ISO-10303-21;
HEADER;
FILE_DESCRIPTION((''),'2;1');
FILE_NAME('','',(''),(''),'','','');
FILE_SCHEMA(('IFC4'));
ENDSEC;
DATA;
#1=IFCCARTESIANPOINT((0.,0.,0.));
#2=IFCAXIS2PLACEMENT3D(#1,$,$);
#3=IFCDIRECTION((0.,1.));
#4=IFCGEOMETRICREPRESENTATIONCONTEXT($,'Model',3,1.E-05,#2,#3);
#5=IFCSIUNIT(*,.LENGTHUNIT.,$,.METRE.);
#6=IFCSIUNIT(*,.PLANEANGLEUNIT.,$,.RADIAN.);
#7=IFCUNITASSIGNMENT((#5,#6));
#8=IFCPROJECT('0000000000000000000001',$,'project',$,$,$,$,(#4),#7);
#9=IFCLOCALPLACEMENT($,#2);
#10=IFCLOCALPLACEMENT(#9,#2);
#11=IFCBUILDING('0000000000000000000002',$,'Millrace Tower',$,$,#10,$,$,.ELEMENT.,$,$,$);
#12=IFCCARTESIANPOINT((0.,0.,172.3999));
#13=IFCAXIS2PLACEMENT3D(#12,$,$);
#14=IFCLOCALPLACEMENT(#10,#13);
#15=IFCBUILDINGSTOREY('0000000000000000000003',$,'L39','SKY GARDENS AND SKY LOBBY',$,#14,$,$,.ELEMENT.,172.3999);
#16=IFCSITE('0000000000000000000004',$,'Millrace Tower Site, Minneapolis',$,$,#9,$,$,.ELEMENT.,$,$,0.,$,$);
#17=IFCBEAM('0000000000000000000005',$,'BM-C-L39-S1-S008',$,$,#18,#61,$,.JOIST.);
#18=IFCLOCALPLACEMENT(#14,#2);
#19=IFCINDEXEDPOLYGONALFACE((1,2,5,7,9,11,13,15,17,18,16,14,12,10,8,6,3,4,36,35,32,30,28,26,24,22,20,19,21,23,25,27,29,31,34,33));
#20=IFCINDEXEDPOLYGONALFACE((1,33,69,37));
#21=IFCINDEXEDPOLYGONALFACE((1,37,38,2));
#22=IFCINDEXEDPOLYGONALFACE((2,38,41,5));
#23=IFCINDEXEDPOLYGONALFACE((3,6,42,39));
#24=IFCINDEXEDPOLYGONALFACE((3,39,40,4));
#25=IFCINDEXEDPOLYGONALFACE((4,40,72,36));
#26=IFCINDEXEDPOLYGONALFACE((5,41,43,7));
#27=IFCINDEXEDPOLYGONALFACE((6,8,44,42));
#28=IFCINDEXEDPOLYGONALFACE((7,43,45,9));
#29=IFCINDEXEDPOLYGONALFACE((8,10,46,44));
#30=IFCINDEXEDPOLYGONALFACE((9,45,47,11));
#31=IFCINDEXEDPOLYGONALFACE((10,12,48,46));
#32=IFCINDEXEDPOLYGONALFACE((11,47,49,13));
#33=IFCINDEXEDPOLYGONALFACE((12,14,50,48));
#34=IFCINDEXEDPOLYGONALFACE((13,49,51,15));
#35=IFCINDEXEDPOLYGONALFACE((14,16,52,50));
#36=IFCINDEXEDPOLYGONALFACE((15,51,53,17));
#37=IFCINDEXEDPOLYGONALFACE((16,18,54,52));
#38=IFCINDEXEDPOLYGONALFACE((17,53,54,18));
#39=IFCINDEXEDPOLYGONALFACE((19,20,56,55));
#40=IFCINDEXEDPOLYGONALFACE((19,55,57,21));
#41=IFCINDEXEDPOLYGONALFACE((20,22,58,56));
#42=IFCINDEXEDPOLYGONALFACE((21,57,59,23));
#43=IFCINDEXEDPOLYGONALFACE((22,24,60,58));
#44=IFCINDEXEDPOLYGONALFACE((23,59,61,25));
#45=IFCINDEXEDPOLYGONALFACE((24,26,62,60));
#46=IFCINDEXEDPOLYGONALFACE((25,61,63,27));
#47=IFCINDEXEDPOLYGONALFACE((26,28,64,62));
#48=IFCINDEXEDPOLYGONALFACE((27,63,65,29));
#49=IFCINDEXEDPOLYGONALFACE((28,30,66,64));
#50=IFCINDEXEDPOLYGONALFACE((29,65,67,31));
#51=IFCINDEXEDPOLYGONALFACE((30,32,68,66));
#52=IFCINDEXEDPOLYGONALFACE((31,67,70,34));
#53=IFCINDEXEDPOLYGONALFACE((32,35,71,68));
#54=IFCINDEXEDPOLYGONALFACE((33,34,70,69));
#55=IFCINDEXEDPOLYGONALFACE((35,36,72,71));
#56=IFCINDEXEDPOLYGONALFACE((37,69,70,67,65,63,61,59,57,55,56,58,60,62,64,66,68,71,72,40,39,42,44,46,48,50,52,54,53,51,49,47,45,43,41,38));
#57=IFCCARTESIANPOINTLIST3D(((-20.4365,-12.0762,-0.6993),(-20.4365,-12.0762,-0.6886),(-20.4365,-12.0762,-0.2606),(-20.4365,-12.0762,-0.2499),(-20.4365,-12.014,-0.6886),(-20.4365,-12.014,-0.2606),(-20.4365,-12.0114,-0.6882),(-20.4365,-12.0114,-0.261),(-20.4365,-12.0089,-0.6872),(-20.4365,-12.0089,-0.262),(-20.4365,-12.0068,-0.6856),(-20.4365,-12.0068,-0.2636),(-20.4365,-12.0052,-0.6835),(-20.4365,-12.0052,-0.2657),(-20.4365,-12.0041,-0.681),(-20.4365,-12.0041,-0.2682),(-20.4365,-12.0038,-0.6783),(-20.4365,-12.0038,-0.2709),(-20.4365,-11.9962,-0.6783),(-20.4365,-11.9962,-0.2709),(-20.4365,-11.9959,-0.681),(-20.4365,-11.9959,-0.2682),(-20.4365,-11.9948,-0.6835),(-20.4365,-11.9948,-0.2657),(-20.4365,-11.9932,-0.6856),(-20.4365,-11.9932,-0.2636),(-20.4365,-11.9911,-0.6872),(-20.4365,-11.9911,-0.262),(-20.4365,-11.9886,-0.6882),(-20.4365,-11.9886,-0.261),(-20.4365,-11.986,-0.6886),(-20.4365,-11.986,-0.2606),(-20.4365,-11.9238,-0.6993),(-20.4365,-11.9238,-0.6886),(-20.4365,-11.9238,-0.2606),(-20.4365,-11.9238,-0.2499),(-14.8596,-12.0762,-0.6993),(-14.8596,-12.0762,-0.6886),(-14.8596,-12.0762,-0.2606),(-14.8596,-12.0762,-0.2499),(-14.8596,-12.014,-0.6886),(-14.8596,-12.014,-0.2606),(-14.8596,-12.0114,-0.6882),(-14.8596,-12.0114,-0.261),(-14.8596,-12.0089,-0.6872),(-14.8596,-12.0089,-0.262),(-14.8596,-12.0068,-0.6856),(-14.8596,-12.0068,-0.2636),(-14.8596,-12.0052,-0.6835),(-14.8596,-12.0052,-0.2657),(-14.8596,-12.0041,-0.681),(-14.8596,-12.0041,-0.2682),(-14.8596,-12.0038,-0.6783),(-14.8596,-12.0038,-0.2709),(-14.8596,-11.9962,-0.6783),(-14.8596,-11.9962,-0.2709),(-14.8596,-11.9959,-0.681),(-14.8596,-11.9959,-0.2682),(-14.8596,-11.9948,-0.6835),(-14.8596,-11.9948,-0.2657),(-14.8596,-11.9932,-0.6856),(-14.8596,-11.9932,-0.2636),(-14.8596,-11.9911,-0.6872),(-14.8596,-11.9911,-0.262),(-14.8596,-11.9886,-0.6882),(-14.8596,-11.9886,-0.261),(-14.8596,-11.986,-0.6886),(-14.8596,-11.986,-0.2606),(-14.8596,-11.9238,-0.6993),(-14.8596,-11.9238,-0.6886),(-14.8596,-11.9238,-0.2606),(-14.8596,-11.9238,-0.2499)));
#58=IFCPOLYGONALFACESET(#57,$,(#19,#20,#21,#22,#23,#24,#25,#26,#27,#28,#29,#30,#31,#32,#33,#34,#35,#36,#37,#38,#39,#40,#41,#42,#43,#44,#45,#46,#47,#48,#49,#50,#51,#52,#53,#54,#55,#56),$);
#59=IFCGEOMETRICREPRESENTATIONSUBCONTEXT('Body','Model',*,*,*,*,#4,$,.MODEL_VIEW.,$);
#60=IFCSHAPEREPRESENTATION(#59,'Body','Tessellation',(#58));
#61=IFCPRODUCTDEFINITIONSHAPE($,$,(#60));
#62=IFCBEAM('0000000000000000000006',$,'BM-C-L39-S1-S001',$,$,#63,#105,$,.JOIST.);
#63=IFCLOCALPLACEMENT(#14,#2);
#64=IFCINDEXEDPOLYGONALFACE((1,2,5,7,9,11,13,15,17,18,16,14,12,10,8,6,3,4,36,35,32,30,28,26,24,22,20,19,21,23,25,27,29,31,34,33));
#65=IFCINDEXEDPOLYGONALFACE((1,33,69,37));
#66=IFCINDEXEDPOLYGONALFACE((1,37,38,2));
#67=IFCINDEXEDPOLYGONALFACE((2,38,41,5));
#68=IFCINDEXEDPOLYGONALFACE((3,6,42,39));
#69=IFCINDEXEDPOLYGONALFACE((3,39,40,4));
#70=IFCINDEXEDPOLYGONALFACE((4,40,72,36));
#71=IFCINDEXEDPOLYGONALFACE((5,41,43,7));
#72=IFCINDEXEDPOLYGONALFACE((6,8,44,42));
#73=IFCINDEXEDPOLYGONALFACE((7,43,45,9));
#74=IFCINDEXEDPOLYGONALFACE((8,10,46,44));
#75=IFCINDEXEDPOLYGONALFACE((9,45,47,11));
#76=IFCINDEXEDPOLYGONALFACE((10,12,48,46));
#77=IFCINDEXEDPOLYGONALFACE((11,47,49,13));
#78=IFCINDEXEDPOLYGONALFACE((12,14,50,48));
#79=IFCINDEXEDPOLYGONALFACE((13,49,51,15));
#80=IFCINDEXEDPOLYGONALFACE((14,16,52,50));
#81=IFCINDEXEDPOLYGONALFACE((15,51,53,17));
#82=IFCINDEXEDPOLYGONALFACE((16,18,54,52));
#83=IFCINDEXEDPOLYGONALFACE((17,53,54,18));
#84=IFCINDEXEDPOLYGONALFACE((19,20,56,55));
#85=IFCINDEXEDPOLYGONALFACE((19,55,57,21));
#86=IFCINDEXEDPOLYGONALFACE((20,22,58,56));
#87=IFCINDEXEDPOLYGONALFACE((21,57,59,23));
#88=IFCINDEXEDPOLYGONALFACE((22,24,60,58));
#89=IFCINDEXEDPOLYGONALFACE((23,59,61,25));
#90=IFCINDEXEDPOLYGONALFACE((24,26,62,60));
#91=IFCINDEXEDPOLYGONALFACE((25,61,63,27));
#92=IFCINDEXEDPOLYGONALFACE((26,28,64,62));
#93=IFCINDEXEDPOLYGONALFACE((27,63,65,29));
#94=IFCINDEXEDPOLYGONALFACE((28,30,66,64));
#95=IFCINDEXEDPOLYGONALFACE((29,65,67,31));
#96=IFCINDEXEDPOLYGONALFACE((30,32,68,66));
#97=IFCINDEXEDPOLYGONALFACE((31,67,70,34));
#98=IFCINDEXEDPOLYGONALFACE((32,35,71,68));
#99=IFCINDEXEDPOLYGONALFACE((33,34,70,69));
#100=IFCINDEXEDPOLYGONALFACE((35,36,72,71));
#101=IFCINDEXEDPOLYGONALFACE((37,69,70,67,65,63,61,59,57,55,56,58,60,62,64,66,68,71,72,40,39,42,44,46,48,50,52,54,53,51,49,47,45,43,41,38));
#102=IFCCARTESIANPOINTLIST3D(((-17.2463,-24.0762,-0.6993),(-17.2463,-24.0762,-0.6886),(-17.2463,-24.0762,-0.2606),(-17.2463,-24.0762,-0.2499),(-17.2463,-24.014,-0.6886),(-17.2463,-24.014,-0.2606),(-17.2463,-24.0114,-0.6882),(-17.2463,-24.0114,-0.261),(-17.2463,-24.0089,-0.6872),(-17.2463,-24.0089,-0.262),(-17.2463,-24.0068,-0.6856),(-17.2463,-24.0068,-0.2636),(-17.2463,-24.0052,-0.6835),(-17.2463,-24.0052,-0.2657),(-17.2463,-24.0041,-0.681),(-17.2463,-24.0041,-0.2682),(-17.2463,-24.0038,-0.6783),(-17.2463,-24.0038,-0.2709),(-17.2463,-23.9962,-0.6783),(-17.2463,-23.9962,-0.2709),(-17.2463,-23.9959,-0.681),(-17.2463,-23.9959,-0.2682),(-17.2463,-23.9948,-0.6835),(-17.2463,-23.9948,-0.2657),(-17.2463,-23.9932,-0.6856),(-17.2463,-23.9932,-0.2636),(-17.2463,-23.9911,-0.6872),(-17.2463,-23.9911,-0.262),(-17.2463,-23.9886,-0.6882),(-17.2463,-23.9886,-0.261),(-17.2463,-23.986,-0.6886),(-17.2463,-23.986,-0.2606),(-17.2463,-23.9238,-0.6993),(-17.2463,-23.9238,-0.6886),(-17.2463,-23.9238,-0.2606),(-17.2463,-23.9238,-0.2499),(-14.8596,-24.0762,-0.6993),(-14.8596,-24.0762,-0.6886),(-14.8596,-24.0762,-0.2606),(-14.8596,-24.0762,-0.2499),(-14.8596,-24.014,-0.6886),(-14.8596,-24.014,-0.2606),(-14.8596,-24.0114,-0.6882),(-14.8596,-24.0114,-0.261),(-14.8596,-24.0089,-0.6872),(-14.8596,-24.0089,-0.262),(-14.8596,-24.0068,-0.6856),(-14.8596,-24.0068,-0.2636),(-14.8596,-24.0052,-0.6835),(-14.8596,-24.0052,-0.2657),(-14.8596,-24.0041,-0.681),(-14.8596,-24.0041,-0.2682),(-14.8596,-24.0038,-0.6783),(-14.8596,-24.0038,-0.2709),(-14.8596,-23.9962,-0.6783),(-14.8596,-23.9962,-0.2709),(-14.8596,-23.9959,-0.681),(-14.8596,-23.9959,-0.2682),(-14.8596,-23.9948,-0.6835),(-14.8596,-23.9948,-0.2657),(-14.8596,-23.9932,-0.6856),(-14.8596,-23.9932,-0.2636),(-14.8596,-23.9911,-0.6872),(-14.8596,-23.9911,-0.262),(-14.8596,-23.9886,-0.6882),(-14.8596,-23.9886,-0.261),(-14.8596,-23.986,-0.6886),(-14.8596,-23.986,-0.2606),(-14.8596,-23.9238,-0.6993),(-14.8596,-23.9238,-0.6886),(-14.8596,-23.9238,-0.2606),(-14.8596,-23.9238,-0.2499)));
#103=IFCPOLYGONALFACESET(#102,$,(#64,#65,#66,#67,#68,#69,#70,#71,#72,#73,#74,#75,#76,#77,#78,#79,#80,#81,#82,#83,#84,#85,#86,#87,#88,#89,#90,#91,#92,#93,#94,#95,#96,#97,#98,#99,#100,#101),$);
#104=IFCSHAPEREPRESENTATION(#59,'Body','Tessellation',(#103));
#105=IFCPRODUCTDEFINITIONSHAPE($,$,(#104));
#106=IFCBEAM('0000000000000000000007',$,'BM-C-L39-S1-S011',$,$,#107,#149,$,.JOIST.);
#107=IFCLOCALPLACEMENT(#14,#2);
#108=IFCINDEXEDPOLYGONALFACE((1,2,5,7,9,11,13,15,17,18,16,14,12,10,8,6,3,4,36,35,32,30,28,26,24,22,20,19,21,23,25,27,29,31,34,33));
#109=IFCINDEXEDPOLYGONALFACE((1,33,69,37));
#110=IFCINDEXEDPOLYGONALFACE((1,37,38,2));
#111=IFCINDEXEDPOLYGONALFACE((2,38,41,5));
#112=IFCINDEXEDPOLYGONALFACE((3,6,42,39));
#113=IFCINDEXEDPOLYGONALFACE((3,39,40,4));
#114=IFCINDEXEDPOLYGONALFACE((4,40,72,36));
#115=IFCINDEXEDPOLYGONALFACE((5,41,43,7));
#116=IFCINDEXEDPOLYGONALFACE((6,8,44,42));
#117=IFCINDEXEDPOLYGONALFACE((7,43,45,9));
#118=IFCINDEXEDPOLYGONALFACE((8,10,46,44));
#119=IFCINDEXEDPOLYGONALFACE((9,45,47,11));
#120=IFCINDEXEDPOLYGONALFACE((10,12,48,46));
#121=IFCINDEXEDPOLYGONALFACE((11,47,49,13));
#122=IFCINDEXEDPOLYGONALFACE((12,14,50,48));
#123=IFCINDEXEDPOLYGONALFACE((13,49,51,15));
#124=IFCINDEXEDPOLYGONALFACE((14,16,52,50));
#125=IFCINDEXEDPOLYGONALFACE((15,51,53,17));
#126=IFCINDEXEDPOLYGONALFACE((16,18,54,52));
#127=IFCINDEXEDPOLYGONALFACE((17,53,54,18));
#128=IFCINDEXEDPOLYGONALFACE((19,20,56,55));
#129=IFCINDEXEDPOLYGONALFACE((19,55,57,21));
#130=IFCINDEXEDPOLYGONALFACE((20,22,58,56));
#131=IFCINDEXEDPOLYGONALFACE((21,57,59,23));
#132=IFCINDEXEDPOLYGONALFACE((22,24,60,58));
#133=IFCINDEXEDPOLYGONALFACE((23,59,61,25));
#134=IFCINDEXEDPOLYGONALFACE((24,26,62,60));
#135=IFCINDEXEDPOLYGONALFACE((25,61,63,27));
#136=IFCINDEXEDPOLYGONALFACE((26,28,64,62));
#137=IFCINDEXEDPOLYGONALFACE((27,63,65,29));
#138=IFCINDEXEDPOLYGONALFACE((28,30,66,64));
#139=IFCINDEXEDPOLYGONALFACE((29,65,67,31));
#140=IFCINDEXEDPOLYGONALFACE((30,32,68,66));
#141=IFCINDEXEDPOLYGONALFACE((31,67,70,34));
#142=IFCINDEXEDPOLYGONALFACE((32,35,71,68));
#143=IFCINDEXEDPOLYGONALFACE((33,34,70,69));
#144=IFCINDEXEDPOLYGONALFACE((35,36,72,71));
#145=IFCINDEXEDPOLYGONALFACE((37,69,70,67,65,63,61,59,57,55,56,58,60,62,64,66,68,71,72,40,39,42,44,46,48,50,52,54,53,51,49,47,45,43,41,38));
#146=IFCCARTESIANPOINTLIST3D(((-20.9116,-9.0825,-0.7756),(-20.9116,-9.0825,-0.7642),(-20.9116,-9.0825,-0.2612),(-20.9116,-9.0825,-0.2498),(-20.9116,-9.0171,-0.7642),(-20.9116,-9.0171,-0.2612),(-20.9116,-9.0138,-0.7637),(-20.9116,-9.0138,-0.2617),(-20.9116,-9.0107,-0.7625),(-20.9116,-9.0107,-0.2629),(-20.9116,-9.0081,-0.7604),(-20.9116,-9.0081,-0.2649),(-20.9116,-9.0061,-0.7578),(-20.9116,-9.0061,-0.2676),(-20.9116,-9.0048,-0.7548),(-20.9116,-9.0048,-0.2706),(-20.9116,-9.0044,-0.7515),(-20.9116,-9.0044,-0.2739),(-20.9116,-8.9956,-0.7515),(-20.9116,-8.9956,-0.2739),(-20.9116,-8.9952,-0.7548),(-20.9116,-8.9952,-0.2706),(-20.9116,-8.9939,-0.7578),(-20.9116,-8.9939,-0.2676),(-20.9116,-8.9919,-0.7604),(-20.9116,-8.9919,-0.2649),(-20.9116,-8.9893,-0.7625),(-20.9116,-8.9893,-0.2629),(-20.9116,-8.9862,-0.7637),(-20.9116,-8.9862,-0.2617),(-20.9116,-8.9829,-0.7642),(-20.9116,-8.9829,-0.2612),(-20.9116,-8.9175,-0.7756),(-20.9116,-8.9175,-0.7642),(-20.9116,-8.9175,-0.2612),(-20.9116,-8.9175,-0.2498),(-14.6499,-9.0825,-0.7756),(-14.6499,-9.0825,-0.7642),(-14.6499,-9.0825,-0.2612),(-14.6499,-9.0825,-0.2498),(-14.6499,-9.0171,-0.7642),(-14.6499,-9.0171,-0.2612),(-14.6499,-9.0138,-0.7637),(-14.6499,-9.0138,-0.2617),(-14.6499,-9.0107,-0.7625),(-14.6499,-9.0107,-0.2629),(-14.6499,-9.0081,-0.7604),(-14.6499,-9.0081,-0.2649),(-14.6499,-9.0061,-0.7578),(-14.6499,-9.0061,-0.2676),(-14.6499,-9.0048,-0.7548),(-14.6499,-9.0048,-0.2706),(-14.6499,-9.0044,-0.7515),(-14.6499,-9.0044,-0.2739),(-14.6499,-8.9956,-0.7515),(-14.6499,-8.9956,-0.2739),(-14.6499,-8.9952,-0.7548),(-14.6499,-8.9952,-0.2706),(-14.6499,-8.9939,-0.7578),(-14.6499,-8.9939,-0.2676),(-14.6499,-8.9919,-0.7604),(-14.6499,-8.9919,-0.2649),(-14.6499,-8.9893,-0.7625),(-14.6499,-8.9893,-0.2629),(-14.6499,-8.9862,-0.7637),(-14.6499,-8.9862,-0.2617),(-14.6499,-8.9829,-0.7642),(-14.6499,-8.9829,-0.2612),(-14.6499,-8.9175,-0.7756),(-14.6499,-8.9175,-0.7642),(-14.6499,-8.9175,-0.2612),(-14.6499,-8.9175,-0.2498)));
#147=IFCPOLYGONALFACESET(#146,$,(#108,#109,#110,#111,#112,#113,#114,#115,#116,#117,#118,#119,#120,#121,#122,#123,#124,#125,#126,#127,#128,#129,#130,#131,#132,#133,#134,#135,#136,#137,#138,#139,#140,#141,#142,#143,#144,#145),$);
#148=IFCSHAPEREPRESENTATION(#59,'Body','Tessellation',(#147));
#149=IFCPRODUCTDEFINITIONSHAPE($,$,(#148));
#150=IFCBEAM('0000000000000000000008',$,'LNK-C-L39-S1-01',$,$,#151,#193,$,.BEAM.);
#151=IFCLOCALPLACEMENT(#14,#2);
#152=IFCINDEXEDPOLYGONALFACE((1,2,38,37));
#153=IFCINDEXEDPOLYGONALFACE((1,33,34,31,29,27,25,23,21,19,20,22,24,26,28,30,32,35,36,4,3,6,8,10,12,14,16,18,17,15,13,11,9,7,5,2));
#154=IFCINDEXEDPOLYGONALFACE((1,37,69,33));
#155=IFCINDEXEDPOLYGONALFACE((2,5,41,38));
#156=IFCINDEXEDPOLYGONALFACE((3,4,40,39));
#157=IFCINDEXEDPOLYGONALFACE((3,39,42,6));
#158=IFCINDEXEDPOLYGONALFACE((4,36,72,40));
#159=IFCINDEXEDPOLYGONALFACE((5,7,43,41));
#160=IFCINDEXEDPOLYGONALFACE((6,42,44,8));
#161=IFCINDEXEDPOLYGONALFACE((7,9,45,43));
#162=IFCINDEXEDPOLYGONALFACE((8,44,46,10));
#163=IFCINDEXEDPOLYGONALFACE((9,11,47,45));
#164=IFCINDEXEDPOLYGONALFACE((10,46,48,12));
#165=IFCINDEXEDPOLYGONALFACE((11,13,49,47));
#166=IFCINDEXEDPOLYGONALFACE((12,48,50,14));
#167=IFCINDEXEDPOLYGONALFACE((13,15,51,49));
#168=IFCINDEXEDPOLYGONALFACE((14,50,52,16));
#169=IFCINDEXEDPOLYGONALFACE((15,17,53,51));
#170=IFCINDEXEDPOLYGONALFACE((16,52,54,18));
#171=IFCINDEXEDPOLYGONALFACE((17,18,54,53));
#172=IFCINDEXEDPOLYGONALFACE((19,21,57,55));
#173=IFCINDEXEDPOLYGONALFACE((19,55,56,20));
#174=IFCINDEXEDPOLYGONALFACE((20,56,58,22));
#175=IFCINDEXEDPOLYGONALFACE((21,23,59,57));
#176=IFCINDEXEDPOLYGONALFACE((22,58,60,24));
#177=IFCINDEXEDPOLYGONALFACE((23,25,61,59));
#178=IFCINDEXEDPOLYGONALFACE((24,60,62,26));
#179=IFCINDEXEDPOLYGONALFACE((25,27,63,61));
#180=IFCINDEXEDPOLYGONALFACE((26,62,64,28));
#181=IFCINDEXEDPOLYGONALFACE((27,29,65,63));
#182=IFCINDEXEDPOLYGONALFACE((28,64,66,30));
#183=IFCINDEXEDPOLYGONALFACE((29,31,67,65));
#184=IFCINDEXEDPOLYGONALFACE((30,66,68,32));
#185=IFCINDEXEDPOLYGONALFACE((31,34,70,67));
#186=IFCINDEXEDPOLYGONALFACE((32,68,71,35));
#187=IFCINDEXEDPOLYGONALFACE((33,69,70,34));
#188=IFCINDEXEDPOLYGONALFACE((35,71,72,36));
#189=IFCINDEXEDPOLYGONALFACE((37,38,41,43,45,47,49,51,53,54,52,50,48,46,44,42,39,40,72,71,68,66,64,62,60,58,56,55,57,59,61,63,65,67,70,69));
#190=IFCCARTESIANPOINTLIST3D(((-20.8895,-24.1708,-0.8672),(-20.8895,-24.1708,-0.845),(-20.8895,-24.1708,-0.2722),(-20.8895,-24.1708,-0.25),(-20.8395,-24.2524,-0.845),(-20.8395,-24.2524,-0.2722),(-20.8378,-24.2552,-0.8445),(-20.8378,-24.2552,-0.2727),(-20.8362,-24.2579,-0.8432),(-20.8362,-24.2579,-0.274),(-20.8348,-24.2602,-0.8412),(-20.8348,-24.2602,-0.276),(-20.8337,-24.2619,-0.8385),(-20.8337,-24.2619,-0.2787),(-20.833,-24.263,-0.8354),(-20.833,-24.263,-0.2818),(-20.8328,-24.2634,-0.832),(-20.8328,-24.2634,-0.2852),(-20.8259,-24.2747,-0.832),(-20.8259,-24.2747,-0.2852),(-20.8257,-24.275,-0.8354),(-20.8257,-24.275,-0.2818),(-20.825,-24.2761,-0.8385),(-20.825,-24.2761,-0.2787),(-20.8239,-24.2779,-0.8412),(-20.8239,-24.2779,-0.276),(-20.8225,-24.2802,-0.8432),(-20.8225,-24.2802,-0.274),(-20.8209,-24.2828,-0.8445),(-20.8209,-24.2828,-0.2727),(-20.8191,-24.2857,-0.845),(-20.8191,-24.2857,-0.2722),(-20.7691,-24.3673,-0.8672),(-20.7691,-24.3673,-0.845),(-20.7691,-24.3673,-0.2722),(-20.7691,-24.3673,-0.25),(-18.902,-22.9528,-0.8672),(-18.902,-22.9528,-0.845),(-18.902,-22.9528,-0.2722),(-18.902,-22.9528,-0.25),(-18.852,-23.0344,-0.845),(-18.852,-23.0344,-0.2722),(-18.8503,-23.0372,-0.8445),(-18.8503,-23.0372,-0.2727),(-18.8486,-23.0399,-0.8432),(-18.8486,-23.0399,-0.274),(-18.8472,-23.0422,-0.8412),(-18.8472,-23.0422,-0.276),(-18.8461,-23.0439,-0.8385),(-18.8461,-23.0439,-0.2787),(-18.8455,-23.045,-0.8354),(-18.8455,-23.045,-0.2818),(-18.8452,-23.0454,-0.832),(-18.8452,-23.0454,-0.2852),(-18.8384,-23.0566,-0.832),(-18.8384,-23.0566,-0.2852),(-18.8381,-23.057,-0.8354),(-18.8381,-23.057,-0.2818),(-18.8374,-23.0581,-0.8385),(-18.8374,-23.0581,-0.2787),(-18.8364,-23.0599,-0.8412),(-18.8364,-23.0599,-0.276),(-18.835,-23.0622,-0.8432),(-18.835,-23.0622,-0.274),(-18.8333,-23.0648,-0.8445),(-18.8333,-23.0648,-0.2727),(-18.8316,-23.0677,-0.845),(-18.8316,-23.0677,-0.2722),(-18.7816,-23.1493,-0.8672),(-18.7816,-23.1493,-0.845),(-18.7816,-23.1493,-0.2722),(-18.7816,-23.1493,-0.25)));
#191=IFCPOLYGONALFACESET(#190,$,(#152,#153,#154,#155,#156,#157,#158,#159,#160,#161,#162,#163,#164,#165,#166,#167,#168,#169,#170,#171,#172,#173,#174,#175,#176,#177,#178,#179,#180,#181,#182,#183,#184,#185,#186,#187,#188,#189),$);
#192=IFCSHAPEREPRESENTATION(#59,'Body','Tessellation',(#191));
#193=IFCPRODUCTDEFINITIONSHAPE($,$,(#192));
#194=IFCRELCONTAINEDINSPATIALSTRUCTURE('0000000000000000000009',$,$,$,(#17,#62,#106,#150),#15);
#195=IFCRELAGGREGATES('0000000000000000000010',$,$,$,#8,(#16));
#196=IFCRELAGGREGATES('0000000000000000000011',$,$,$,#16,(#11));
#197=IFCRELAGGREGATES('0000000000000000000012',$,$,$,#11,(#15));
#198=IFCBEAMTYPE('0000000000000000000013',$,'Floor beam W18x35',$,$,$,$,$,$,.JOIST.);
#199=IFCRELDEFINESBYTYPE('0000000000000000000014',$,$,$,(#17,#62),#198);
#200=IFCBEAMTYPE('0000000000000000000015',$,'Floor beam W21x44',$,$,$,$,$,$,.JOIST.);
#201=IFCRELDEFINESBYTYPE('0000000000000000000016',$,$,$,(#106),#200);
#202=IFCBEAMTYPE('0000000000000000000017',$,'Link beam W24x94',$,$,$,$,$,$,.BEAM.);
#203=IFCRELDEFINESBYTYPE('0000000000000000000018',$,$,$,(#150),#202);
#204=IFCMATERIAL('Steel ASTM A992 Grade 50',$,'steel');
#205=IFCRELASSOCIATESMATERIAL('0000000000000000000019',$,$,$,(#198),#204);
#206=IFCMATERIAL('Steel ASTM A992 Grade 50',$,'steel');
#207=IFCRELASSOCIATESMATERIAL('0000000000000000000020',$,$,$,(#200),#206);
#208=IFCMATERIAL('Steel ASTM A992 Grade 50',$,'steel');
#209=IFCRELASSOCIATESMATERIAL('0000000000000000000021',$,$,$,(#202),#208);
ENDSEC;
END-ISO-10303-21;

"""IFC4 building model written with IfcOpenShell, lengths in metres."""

from ifc_helpers import new_model, si_unit, direction, frame, origin, origin_2d, place, context, subcontext, project, spatial, i_section, extrude, material, material_profile, profile_set, type_object, element, save


model = new_model("IFC4")

# Units and contexts
model_context = context("Model", 3, precision=1e-05, world=origin(), true_north=direction((0.0, 1.0)))
body_context = subcontext(model_context, "Body", "Model", "MODEL_VIEW")
ifc_project = project(units=[si_unit("LENGTHUNIT", "METRE"), si_unit("PLANEANGLEUNIT", "RADIAN")], contexts=[model_context])

# Site, building, storey
site_placement = place(None, origin())
site = spatial("IfcSite", under=ifc_project, at=site_placement, Name="Millrace Tower Site, Minneapolis", CompositionType="ELEMENT", RefElevation=0.0)
building_placement = place(site_placement, origin())
building = spatial("IfcBuilding", under=site, at=building_placement, Name="Millrace Tower", CompositionType="ELEMENT")
storey_placement = place(building_placement, frame((0.0, 0.0, 172.3999)))
storey = spatial("IfcBuildingStorey", under=building, at=storey_placement, Name="L39", Description="SKY GARDENS AND SKY LOBBY", CompositionType="ELEMENT", Elevation=172.3999)

# Beams
ifc_material_1 = material(Name="Steel ASTM A992 Grade 50", Category="steel")
ifc_material_profile_1 = material_profile(ifc_material_1, i_section(OverallWidth=0.1523, OverallDepth=0.4495, WebThickness=0.0076, FlangeThickness=0.0107, FilletRadius=0.0103, at=origin_2d()))
ifc_profile_set_1 = profile_set([ifc_material_profile_1], Name="Steel ASTM A992 Grade 50")
beam_type_1 = type_object("IfcBeamType", Name="Floor beam W18x35", PredefinedType="JOIST", material=ifc_profile_set_1)
beam_1_placement = place(storey_placement, frame((-20.4365, -12.0, -0.4746), z_axis=(1.0, 0.0, 0.0), x_axis=(0.0, 1.0, 0.0)))
element("IfcBeam", 1, at=beam_1_placement, inside=storey, type_object=beam_type_1, Name="BM-C-L39-S1-S008", PredefinedType="JOIST", context=body_context, shape_type="SweptSolid", body=[
    extrude(i_section(OverallWidth=0.1523, OverallDepth=0.4495, WebThickness=0.0076, FlangeThickness=0.0107, FilletRadius=0.0103, at=origin_2d()), origin(), (0.0, 0.0, 1.0), 5.5769),
])
beam_2_placement = place(storey_placement, frame((-17.2463, -24.0, -0.4746), z_axis=(1.0, 0.0, 0.0), x_axis=(0.0, 1.0, 0.0)))
element("IfcBeam", 2, at=beam_2_placement, inside=storey, type_object=beam_type_1, Name="BM-C-L39-S1-S001", PredefinedType="JOIST", context=body_context, shape_type="SweptSolid", body=[
    extrude(i_section(OverallWidth=0.1523, OverallDepth=0.4495, WebThickness=0.0076, FlangeThickness=0.0107, FilletRadius=0.0103, at=origin_2d()), origin(), (0.0, 0.0, 1.0), 2.3867),
])
ifc_material_2 = material(Name="Steel ASTM A992 Grade 50", Category="steel")
ifc_material_profile_2 = material_profile(ifc_material_2, i_section(OverallWidth=0.165, OverallDepth=0.5259, WebThickness=0.0088, FlangeThickness=0.0115, FilletRadius=0.0127, at=origin_2d()))
ifc_profile_set_2 = profile_set([ifc_material_profile_2], Name="Steel ASTM A992 Grade 50")
beam_type_2 = type_object("IfcBeamType", Name="Floor beam W21x44", PredefinedType="JOIST", material=ifc_profile_set_2)
beam_3_placement = place(storey_placement, frame((-20.9116, -9.0, -0.5127), z_axis=(1.0, 0.0, 0.0), x_axis=(0.0, 1.0, 0.0)))
element("IfcBeam", 3, at=beam_3_placement, inside=storey, type_object=beam_type_2, Name="BM-C-L39-S1-S011", PredefinedType="JOIST", context=body_context, shape_type="SweptSolid", body=[
    extrude(i_section(OverallWidth=0.165, OverallDepth=0.5259, WebThickness=0.0088, FlangeThickness=0.0115, FilletRadius=0.0127, at=origin_2d()), origin(), (0.0, 0.0, 1.0), 6.2617),
])
ifc_material_3 = material(Name="Steel ASTM A992 Grade 50", Category="steel")
ifc_material_profile_3 = material_profile(ifc_material_3, i_section(OverallWidth=0.2305, OverallDepth=0.6172, WebThickness=0.0132, FlangeThickness=0.0222, FilletRadius=0.0129, at=origin_2d()))
ifc_profile_set_3 = profile_set([ifc_material_profile_3], Name="Steel ASTM A992 Grade 50")
beam_type_3 = type_object("IfcBeamType", Name="Link beam W24x94", PredefinedType="BEAM", material=ifc_profile_set_3)
beam_4_placement = place(storey_placement, frame((-18.8418, -23.051, -0.5586), z_axis=(-0.852631, -0.522513, 0.0), x_axis=(0.522513, -0.852631, 0.0)))
element("IfcBeam", 4, at=beam_4_placement, inside=storey, type_object=beam_type_3, Name="LNK-C-L39-S1-01", PredefinedType="BEAM", context=body_context, shape_type="SweptSolid", body=[
    extrude(i_section(OverallWidth=0.2305, OverallDepth=0.6172, WebThickness=0.0132, FlangeThickness=0.0222, FilletRadius=0.0129, at=origin_2d()), origin(), (0.0, 0.0, 1.0), 2.3311),
])

save(model, "model.ifc")
